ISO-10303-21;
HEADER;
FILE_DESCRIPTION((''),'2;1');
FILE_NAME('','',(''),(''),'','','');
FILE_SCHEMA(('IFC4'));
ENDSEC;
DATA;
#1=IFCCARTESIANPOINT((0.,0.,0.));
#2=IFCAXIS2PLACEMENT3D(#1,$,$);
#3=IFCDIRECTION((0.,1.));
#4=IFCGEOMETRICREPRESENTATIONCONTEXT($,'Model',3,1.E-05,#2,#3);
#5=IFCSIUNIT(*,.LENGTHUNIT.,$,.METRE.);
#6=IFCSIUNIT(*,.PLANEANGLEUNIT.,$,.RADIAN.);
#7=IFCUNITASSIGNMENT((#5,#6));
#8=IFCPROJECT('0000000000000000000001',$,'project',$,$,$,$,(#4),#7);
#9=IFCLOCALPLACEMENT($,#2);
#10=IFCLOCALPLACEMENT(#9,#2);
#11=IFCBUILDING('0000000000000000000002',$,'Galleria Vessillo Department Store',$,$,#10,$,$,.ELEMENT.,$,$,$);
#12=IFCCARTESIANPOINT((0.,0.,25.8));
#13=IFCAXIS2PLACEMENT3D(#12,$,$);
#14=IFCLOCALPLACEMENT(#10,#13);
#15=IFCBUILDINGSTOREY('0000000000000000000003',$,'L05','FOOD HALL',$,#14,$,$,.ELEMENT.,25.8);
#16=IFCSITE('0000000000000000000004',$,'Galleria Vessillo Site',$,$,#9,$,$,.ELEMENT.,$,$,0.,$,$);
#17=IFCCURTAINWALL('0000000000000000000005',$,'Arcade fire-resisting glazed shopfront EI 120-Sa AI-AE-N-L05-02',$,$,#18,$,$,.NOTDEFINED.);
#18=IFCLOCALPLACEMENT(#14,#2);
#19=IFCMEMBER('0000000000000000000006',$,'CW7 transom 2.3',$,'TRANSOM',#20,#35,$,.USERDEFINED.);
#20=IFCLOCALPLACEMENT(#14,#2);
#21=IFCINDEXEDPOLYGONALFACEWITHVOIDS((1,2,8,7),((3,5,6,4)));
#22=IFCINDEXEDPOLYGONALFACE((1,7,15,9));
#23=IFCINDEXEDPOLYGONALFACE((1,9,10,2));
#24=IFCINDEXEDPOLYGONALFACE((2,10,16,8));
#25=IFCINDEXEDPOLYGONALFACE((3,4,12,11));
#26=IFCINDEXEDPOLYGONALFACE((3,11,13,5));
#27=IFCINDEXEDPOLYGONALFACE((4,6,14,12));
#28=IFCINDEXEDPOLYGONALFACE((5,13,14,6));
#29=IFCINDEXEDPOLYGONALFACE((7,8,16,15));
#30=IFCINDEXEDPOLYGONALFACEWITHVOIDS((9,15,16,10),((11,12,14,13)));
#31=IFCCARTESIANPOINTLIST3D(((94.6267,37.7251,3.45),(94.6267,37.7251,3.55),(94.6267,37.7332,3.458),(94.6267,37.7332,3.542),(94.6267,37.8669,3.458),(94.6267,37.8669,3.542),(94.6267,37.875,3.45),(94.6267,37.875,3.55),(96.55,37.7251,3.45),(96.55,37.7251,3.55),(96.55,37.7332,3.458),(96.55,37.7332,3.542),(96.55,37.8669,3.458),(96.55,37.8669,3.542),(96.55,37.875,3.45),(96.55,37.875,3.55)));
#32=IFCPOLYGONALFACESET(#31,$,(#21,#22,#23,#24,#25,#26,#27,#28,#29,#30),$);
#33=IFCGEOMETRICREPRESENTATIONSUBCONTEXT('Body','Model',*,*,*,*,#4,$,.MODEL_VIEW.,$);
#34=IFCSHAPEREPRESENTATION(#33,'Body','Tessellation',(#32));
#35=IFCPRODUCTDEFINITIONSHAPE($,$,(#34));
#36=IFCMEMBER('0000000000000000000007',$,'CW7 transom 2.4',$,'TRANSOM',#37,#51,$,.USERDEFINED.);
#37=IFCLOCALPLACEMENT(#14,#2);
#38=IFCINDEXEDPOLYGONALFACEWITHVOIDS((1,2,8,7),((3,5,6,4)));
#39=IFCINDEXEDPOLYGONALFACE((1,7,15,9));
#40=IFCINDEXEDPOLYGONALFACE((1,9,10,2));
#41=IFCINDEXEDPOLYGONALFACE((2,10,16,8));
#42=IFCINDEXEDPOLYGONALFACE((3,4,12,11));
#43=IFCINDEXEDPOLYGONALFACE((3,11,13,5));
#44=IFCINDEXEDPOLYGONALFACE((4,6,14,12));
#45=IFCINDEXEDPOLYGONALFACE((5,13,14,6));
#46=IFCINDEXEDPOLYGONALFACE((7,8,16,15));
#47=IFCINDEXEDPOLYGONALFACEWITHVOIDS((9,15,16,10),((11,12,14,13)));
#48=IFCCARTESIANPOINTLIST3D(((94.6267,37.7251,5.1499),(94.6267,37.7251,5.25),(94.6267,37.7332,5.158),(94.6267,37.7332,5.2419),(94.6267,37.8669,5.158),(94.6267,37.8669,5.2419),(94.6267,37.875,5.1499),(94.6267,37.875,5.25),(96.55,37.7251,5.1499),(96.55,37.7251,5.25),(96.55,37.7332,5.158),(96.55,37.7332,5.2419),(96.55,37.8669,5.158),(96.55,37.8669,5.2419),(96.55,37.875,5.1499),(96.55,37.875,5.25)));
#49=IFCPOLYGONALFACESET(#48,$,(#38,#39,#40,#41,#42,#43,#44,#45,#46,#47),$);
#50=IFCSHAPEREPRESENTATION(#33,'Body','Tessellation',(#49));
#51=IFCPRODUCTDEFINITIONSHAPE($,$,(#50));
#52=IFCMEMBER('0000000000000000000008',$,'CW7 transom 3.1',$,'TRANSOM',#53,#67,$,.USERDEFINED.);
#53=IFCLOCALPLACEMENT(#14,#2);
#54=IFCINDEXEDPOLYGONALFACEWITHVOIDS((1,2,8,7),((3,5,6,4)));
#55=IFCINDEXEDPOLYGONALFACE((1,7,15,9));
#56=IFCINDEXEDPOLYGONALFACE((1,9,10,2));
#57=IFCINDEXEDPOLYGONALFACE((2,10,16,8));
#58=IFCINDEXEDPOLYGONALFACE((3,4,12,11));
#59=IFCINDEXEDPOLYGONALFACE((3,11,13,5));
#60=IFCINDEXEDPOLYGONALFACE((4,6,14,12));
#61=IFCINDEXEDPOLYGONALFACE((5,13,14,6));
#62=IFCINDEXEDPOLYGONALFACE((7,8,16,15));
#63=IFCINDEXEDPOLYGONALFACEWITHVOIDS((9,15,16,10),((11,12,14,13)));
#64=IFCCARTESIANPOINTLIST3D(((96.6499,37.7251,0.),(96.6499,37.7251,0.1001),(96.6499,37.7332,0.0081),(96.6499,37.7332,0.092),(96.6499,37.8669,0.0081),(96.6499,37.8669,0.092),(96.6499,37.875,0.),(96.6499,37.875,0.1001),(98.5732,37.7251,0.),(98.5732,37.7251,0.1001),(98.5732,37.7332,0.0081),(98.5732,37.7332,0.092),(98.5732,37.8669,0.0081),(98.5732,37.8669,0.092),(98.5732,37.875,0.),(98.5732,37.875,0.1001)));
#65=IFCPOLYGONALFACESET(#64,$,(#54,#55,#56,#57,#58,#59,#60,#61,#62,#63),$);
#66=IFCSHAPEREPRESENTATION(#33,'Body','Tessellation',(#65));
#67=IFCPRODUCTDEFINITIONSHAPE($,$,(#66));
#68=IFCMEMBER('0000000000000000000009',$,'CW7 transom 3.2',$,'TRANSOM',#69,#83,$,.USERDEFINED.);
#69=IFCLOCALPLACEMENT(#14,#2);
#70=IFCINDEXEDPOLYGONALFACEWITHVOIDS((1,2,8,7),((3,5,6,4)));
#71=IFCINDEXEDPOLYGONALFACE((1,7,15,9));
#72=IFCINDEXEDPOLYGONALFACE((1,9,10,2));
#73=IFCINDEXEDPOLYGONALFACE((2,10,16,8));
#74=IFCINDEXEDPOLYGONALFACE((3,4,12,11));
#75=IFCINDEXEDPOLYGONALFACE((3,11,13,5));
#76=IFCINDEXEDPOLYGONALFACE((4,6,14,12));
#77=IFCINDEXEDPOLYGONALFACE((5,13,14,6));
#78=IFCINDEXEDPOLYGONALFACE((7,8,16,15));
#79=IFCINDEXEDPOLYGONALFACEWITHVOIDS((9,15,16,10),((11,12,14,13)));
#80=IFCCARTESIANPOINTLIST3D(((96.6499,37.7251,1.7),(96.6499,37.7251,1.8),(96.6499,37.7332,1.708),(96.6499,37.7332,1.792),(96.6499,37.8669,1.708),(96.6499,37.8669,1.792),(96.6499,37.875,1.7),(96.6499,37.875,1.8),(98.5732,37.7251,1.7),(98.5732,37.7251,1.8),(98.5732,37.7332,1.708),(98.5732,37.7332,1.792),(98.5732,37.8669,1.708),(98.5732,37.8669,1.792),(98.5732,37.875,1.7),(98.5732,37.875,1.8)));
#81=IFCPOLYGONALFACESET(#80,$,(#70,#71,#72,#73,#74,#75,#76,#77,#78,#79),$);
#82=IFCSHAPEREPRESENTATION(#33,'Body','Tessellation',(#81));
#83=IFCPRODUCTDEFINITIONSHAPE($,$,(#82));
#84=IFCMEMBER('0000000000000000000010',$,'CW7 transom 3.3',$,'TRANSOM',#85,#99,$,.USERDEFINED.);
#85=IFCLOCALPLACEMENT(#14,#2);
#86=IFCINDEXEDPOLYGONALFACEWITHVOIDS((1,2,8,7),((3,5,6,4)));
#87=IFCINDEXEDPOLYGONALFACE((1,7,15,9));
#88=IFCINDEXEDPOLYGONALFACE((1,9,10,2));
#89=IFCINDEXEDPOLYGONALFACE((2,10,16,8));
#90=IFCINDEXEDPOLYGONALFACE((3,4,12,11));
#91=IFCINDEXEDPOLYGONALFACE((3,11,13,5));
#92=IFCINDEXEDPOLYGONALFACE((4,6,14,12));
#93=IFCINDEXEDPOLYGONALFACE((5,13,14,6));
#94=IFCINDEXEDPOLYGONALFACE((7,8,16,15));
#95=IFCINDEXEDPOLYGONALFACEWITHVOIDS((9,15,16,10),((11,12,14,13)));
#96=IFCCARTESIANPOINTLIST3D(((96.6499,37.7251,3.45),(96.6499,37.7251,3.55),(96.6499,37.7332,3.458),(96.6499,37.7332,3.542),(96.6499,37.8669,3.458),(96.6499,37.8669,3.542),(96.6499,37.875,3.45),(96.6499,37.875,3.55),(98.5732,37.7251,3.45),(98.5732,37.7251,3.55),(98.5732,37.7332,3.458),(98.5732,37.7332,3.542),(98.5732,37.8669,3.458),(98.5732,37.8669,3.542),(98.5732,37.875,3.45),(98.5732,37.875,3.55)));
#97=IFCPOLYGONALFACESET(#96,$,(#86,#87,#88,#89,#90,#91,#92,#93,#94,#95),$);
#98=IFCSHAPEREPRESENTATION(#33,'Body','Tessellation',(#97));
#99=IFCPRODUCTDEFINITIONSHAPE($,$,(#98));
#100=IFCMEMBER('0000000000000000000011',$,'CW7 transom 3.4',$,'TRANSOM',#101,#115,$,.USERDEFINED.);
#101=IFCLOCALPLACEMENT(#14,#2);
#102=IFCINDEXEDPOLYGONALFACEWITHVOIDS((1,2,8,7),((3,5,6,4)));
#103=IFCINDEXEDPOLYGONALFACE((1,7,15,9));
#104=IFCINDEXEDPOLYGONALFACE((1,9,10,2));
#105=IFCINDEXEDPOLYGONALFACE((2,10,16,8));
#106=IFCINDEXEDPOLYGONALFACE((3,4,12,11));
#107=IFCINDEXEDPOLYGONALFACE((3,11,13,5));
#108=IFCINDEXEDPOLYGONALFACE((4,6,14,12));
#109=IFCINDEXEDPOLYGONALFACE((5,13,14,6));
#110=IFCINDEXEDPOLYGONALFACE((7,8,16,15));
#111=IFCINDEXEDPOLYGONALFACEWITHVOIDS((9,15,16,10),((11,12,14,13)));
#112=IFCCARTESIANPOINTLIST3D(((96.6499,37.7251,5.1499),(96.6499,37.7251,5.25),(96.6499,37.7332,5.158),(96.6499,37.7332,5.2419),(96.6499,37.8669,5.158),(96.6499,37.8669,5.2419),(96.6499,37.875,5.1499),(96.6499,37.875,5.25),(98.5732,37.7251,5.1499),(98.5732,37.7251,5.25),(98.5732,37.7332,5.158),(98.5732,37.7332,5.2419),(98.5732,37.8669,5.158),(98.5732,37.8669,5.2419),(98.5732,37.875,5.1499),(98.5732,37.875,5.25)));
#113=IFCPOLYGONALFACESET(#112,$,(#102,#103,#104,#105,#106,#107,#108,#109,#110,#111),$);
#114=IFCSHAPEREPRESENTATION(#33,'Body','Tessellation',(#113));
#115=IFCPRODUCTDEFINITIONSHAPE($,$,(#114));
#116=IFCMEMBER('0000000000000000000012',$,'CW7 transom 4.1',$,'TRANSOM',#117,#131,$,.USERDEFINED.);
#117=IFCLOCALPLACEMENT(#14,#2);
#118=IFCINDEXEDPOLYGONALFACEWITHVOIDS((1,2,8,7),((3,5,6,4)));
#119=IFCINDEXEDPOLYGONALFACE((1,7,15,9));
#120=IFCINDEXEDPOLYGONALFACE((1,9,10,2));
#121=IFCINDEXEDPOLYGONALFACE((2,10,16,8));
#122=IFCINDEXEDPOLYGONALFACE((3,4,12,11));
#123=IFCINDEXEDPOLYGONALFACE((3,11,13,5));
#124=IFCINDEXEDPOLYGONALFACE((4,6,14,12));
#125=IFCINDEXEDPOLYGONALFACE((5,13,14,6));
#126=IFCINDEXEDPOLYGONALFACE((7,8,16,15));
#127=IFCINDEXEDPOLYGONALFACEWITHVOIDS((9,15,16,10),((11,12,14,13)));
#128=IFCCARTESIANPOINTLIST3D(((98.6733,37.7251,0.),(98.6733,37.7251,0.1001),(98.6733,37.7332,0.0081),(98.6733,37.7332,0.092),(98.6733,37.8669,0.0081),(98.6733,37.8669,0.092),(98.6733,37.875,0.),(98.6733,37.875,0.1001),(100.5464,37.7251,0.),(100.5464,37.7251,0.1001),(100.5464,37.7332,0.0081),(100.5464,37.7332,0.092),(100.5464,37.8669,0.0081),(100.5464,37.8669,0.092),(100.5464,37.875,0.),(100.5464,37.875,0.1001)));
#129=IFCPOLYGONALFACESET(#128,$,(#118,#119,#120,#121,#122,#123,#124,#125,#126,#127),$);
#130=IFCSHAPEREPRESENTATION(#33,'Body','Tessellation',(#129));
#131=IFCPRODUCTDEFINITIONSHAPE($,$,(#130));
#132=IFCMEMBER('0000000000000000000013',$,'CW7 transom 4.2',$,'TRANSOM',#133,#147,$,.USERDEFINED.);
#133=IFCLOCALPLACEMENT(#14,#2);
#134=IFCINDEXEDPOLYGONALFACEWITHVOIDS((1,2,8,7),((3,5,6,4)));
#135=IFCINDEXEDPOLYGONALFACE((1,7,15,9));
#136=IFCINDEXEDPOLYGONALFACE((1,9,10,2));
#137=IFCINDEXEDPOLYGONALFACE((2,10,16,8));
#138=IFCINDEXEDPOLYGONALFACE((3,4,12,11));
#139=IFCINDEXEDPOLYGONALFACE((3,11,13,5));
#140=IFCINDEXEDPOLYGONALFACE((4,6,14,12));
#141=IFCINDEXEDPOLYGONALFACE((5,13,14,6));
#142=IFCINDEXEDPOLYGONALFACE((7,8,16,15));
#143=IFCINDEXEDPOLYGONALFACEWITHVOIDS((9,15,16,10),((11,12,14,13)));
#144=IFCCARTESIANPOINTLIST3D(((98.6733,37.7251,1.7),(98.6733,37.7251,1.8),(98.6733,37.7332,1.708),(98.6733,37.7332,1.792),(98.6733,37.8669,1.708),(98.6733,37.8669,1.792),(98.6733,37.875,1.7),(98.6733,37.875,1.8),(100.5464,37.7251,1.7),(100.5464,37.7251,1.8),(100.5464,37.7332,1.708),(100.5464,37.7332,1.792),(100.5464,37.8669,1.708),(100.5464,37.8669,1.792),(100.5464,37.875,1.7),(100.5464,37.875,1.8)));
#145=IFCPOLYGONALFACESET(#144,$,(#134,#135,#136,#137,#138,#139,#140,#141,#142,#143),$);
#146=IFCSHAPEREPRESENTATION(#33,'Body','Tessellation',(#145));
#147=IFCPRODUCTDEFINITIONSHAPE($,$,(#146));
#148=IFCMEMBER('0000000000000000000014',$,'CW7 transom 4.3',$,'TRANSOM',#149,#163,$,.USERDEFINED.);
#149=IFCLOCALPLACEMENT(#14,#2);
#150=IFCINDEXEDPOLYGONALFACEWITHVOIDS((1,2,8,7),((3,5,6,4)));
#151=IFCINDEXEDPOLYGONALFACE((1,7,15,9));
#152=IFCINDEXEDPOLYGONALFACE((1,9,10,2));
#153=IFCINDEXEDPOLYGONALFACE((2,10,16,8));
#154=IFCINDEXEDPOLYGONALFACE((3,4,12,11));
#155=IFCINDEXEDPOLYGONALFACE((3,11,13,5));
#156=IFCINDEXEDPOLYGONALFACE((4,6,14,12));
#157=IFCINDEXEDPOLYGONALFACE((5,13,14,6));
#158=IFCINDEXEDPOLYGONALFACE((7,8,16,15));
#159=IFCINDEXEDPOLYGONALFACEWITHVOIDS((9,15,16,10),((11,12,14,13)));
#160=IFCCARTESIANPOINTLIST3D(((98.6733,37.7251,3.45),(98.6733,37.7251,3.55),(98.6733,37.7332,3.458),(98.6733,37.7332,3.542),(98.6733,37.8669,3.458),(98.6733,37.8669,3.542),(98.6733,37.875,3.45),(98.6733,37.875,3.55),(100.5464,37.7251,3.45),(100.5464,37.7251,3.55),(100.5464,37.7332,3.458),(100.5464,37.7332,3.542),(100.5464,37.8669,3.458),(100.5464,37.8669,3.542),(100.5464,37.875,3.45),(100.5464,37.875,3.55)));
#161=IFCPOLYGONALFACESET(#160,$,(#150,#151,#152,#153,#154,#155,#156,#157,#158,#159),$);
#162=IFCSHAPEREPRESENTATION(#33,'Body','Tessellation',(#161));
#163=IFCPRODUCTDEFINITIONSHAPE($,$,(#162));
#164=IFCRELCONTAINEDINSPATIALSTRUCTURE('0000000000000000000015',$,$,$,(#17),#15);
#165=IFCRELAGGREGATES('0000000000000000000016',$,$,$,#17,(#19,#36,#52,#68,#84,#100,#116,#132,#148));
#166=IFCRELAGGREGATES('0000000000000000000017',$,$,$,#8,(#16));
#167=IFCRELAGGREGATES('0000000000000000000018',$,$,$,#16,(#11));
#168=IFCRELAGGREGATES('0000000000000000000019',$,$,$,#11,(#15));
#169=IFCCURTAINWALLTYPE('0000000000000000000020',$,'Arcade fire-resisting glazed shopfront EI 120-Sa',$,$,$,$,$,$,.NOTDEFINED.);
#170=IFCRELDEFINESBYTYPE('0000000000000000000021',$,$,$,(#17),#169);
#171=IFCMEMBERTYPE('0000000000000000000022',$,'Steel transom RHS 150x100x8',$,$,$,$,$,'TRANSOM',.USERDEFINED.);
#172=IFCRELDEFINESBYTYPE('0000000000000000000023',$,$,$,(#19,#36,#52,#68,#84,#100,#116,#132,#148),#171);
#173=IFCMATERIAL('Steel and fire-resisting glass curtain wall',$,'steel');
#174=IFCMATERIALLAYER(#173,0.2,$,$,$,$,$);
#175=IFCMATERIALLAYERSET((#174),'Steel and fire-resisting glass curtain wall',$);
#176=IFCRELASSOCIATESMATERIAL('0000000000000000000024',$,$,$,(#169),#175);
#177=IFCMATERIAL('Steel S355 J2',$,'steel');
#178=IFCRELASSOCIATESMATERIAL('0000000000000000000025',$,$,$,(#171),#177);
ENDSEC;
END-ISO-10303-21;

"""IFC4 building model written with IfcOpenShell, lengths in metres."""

from ifc_helpers import new_model, si_unit, direction, frame, origin, origin_2d, place, context, subcontext, project, spatial, hollow_rectangle, extrude, material, layer, layer_set, material_profile, profile_set, type_object, element, aggregate, save


model = new_model("IFC4")

# Units and contexts
model_context = context("Model", 3, precision=1e-05, world=origin(), true_north=direction((0.0, 1.0)))
body_context = subcontext(model_context, "Body", "Model", "MODEL_VIEW")
ifc_project = project(units=[si_unit("LENGTHUNIT", "METRE"), si_unit("PLANEANGLEUNIT", "RADIAN")], contexts=[model_context])

# Site, building, storey
site_placement = place(None, origin())
site = spatial("IfcSite", under=ifc_project, at=site_placement, Name="Galleria Vessillo Site", CompositionType="ELEMENT", RefElevation=0.0)
building_placement = place(site_placement, origin())
building = spatial("IfcBuilding", under=site, at=building_placement, Name="Galleria Vessillo Department Store", CompositionType="ELEMENT")
storey_placement = place(building_placement, frame((0.0, 0.0, 25.8)))
storey = spatial("IfcBuildingStorey", under=building, at=storey_placement, Name="L05", Description="FOOD HALL", CompositionType="ELEMENT", Elevation=25.8)

# Shared definitions
ifc_material_1 = material(Name="Steel and fire-resisting glass curtain wall", Category="steel")
ifc_layer_1 = layer(ifc_material_1, 0.2)
ifc_layer_set_1 = layer_set([ifc_layer_1], Name="Steel and fire-resisting glass curtain wall")
curtain_wall_type = type_object("IfcCurtainWallType", Name="Arcade fire-resisting glazed shopfront EI 120-Sa", PredefinedType="NOTDEFINED", material=ifc_layer_set_1)

# Curtain wall, members
curtain_wall_1_placement = place(storey_placement, origin())
curtain_wall_1 = element("IfcCurtainWall", 1, at=curtain_wall_1_placement, inside=storey, type_object=curtain_wall_type, Name="Arcade fire-resisting glazed shopfront EI 120-Sa AI-AE-N-L05-02", PredefinedType="NOTDEFINED")
ifc_material_2 = material(Name="Steel S355 J2", Category="steel")
ifc_material_profile_1 = material_profile(ifc_material_2, hollow_rectangle(XDim=0.1499, YDim=0.1001, WallThickness=0.0081, at=origin_2d()), Name="RHS 150x100x8")
ifc_profile_set_1 = profile_set([ifc_material_profile_1], Name="Steel S355 J2")
member_type_1 = type_object("IfcMemberType", Name="Steel transom RHS 150x100x8", ElementType="TRANSOM", PredefinedType="USERDEFINED", material=ifc_profile_set_1)
member_1_placement = place(storey_placement, frame((94.6267, 37.8, 3.5), z_axis=(1.0, 0.0, 0.0), x_axis=(0.0, 1.0, 0.0)))
member_1 = element("IfcMember", 2, at=member_1_placement, type_object=member_type_1, Name="CW7 transom 2.3", ObjectType="TRANSOM", PredefinedType="USERDEFINED", context=body_context, shape_type="SweptSolid", body=[
    extrude(hollow_rectangle(XDim=0.1499, YDim=0.1001, WallThickness=0.0081, at=origin_2d()), origin(), (0.0, 0.0, 1.0), 1.9233),
])
member_2_placement = place(storey_placement, frame((94.6267, 37.8, 5.2), z_axis=(1.0, 0.0, 0.0), x_axis=(0.0, 1.0, 0.0)))
member_2 = element("IfcMember", 3, at=member_2_placement, type_object=member_type_1, Name="CW7 transom 2.4", ObjectType="TRANSOM", PredefinedType="USERDEFINED", context=body_context, shape_type="SweptSolid", body=[
    extrude(hollow_rectangle(XDim=0.1499, YDim=0.1001, WallThickness=0.0081, at=origin_2d()), origin(), (0.0, 0.0, 1.0), 1.9233),
])
member_3_placement = place(storey_placement, frame((96.6499, 37.8, 0.05), z_axis=(1.0, 0.0, 0.0), x_axis=(0.0, 1.0, 0.0)))
member_3 = element("IfcMember", 4, at=member_3_placement, type_object=member_type_1, Name="CW7 transom 3.1", ObjectType="TRANSOM", PredefinedType="USERDEFINED", context=body_context, shape_type="SweptSolid", body=[
    extrude(hollow_rectangle(XDim=0.1499, YDim=0.1001, WallThickness=0.0081, at=origin_2d()), origin(), (0.0, 0.0, 1.0), 1.9233),
])
member_4_placement = place(storey_placement, frame((96.6499, 37.8, 1.75), z_axis=(1.0, 0.0, 0.0), x_axis=(0.0, 1.0, 0.0)))
member_4 = element("IfcMember", 5, at=member_4_placement, type_object=member_type_1, Name="CW7 transom 3.2", ObjectType="TRANSOM", PredefinedType="USERDEFINED", context=body_context, shape_type="SweptSolid", body=[
    extrude(hollow_rectangle(XDim=0.1499, YDim=0.1001, WallThickness=0.0081, at=origin_2d()), origin(), (0.0, 0.0, 1.0), 1.9233),
])
member_5_placement = place(storey_placement, frame((96.6499, 37.8, 3.5), z_axis=(1.0, 0.0, 0.0), x_axis=(0.0, 1.0, 0.0)))
member_5 = element("IfcMember", 6, at=member_5_placement, type_object=member_type_1, Name="CW7 transom 3.3", ObjectType="TRANSOM", PredefinedType="USERDEFINED", context=body_context, shape_type="SweptSolid", body=[
    extrude(hollow_rectangle(XDim=0.1499, YDim=0.1001, WallThickness=0.0081, at=origin_2d()), origin(), (0.0, 0.0, 1.0), 1.9233),
])
member_6_placement = place(storey_placement, frame((96.6499, 37.8, 5.2), z_axis=(1.0, 0.0, 0.0), x_axis=(0.0, 1.0, 0.0)))
member_6 = element("IfcMember", 7, at=member_6_placement, type_object=member_type_1, Name="CW7 transom 3.4", ObjectType="TRANSOM", PredefinedType="USERDEFINED", context=body_context, shape_type="SweptSolid", body=[
    extrude(hollow_rectangle(XDim=0.1499, YDim=0.1001, WallThickness=0.0081, at=origin_2d()), origin(), (0.0, 0.0, 1.0), 1.9233),
])
member_7_placement = place(storey_placement, frame((98.6733, 37.8, 0.05), z_axis=(1.0, 0.0, 0.0), x_axis=(0.0, 1.0, 0.0)))
member_7 = element("IfcMember", 8, at=member_7_placement, type_object=member_type_1, Name="CW7 transom 4.1", ObjectType="TRANSOM", PredefinedType="USERDEFINED", context=body_context, shape_type="SweptSolid", body=[
    extrude(hollow_rectangle(XDim=0.1499, YDim=0.1001, WallThickness=0.0081, at=origin_2d()), origin(), (0.0, 0.0, 1.0), 1.873),
])
member_8_placement = place(storey_placement, frame((98.6733, 37.8, 1.75), z_axis=(1.0, 0.0, 0.0), x_axis=(0.0, 1.0, 0.0)))
member_8 = element("IfcMember", 9, at=member_8_placement, type_object=member_type_1, Name="CW7 transom 4.2", ObjectType="TRANSOM", PredefinedType="USERDEFINED", context=body_context, shape_type="SweptSolid", body=[
    extrude(hollow_rectangle(XDim=0.1499, YDim=0.1001, WallThickness=0.0081, at=origin_2d()), origin(), (0.0, 0.0, 1.0), 1.873),
])
member_9_placement = place(storey_placement, frame((98.6733, 37.8, 3.5), z_axis=(1.0, 0.0, 0.0), x_axis=(0.0, 1.0, 0.0)))
member_9 = element("IfcMember", 10, at=member_9_placement, type_object=member_type_1, Name="CW7 transom 4.3", ObjectType="TRANSOM", PredefinedType="USERDEFINED", context=body_context, shape_type="SweptSolid", body=[
    extrude(hollow_rectangle(XDim=0.1499, YDim=0.1001, WallThickness=0.0081, at=origin_2d()), origin(), (0.0, 0.0, 1.0), 1.873),
])

aggregate(curtain_wall_1, [member_1, member_2, member_3, member_4, member_5, member_6, member_7, member_8, member_9])

save(model, "model.ifc")
